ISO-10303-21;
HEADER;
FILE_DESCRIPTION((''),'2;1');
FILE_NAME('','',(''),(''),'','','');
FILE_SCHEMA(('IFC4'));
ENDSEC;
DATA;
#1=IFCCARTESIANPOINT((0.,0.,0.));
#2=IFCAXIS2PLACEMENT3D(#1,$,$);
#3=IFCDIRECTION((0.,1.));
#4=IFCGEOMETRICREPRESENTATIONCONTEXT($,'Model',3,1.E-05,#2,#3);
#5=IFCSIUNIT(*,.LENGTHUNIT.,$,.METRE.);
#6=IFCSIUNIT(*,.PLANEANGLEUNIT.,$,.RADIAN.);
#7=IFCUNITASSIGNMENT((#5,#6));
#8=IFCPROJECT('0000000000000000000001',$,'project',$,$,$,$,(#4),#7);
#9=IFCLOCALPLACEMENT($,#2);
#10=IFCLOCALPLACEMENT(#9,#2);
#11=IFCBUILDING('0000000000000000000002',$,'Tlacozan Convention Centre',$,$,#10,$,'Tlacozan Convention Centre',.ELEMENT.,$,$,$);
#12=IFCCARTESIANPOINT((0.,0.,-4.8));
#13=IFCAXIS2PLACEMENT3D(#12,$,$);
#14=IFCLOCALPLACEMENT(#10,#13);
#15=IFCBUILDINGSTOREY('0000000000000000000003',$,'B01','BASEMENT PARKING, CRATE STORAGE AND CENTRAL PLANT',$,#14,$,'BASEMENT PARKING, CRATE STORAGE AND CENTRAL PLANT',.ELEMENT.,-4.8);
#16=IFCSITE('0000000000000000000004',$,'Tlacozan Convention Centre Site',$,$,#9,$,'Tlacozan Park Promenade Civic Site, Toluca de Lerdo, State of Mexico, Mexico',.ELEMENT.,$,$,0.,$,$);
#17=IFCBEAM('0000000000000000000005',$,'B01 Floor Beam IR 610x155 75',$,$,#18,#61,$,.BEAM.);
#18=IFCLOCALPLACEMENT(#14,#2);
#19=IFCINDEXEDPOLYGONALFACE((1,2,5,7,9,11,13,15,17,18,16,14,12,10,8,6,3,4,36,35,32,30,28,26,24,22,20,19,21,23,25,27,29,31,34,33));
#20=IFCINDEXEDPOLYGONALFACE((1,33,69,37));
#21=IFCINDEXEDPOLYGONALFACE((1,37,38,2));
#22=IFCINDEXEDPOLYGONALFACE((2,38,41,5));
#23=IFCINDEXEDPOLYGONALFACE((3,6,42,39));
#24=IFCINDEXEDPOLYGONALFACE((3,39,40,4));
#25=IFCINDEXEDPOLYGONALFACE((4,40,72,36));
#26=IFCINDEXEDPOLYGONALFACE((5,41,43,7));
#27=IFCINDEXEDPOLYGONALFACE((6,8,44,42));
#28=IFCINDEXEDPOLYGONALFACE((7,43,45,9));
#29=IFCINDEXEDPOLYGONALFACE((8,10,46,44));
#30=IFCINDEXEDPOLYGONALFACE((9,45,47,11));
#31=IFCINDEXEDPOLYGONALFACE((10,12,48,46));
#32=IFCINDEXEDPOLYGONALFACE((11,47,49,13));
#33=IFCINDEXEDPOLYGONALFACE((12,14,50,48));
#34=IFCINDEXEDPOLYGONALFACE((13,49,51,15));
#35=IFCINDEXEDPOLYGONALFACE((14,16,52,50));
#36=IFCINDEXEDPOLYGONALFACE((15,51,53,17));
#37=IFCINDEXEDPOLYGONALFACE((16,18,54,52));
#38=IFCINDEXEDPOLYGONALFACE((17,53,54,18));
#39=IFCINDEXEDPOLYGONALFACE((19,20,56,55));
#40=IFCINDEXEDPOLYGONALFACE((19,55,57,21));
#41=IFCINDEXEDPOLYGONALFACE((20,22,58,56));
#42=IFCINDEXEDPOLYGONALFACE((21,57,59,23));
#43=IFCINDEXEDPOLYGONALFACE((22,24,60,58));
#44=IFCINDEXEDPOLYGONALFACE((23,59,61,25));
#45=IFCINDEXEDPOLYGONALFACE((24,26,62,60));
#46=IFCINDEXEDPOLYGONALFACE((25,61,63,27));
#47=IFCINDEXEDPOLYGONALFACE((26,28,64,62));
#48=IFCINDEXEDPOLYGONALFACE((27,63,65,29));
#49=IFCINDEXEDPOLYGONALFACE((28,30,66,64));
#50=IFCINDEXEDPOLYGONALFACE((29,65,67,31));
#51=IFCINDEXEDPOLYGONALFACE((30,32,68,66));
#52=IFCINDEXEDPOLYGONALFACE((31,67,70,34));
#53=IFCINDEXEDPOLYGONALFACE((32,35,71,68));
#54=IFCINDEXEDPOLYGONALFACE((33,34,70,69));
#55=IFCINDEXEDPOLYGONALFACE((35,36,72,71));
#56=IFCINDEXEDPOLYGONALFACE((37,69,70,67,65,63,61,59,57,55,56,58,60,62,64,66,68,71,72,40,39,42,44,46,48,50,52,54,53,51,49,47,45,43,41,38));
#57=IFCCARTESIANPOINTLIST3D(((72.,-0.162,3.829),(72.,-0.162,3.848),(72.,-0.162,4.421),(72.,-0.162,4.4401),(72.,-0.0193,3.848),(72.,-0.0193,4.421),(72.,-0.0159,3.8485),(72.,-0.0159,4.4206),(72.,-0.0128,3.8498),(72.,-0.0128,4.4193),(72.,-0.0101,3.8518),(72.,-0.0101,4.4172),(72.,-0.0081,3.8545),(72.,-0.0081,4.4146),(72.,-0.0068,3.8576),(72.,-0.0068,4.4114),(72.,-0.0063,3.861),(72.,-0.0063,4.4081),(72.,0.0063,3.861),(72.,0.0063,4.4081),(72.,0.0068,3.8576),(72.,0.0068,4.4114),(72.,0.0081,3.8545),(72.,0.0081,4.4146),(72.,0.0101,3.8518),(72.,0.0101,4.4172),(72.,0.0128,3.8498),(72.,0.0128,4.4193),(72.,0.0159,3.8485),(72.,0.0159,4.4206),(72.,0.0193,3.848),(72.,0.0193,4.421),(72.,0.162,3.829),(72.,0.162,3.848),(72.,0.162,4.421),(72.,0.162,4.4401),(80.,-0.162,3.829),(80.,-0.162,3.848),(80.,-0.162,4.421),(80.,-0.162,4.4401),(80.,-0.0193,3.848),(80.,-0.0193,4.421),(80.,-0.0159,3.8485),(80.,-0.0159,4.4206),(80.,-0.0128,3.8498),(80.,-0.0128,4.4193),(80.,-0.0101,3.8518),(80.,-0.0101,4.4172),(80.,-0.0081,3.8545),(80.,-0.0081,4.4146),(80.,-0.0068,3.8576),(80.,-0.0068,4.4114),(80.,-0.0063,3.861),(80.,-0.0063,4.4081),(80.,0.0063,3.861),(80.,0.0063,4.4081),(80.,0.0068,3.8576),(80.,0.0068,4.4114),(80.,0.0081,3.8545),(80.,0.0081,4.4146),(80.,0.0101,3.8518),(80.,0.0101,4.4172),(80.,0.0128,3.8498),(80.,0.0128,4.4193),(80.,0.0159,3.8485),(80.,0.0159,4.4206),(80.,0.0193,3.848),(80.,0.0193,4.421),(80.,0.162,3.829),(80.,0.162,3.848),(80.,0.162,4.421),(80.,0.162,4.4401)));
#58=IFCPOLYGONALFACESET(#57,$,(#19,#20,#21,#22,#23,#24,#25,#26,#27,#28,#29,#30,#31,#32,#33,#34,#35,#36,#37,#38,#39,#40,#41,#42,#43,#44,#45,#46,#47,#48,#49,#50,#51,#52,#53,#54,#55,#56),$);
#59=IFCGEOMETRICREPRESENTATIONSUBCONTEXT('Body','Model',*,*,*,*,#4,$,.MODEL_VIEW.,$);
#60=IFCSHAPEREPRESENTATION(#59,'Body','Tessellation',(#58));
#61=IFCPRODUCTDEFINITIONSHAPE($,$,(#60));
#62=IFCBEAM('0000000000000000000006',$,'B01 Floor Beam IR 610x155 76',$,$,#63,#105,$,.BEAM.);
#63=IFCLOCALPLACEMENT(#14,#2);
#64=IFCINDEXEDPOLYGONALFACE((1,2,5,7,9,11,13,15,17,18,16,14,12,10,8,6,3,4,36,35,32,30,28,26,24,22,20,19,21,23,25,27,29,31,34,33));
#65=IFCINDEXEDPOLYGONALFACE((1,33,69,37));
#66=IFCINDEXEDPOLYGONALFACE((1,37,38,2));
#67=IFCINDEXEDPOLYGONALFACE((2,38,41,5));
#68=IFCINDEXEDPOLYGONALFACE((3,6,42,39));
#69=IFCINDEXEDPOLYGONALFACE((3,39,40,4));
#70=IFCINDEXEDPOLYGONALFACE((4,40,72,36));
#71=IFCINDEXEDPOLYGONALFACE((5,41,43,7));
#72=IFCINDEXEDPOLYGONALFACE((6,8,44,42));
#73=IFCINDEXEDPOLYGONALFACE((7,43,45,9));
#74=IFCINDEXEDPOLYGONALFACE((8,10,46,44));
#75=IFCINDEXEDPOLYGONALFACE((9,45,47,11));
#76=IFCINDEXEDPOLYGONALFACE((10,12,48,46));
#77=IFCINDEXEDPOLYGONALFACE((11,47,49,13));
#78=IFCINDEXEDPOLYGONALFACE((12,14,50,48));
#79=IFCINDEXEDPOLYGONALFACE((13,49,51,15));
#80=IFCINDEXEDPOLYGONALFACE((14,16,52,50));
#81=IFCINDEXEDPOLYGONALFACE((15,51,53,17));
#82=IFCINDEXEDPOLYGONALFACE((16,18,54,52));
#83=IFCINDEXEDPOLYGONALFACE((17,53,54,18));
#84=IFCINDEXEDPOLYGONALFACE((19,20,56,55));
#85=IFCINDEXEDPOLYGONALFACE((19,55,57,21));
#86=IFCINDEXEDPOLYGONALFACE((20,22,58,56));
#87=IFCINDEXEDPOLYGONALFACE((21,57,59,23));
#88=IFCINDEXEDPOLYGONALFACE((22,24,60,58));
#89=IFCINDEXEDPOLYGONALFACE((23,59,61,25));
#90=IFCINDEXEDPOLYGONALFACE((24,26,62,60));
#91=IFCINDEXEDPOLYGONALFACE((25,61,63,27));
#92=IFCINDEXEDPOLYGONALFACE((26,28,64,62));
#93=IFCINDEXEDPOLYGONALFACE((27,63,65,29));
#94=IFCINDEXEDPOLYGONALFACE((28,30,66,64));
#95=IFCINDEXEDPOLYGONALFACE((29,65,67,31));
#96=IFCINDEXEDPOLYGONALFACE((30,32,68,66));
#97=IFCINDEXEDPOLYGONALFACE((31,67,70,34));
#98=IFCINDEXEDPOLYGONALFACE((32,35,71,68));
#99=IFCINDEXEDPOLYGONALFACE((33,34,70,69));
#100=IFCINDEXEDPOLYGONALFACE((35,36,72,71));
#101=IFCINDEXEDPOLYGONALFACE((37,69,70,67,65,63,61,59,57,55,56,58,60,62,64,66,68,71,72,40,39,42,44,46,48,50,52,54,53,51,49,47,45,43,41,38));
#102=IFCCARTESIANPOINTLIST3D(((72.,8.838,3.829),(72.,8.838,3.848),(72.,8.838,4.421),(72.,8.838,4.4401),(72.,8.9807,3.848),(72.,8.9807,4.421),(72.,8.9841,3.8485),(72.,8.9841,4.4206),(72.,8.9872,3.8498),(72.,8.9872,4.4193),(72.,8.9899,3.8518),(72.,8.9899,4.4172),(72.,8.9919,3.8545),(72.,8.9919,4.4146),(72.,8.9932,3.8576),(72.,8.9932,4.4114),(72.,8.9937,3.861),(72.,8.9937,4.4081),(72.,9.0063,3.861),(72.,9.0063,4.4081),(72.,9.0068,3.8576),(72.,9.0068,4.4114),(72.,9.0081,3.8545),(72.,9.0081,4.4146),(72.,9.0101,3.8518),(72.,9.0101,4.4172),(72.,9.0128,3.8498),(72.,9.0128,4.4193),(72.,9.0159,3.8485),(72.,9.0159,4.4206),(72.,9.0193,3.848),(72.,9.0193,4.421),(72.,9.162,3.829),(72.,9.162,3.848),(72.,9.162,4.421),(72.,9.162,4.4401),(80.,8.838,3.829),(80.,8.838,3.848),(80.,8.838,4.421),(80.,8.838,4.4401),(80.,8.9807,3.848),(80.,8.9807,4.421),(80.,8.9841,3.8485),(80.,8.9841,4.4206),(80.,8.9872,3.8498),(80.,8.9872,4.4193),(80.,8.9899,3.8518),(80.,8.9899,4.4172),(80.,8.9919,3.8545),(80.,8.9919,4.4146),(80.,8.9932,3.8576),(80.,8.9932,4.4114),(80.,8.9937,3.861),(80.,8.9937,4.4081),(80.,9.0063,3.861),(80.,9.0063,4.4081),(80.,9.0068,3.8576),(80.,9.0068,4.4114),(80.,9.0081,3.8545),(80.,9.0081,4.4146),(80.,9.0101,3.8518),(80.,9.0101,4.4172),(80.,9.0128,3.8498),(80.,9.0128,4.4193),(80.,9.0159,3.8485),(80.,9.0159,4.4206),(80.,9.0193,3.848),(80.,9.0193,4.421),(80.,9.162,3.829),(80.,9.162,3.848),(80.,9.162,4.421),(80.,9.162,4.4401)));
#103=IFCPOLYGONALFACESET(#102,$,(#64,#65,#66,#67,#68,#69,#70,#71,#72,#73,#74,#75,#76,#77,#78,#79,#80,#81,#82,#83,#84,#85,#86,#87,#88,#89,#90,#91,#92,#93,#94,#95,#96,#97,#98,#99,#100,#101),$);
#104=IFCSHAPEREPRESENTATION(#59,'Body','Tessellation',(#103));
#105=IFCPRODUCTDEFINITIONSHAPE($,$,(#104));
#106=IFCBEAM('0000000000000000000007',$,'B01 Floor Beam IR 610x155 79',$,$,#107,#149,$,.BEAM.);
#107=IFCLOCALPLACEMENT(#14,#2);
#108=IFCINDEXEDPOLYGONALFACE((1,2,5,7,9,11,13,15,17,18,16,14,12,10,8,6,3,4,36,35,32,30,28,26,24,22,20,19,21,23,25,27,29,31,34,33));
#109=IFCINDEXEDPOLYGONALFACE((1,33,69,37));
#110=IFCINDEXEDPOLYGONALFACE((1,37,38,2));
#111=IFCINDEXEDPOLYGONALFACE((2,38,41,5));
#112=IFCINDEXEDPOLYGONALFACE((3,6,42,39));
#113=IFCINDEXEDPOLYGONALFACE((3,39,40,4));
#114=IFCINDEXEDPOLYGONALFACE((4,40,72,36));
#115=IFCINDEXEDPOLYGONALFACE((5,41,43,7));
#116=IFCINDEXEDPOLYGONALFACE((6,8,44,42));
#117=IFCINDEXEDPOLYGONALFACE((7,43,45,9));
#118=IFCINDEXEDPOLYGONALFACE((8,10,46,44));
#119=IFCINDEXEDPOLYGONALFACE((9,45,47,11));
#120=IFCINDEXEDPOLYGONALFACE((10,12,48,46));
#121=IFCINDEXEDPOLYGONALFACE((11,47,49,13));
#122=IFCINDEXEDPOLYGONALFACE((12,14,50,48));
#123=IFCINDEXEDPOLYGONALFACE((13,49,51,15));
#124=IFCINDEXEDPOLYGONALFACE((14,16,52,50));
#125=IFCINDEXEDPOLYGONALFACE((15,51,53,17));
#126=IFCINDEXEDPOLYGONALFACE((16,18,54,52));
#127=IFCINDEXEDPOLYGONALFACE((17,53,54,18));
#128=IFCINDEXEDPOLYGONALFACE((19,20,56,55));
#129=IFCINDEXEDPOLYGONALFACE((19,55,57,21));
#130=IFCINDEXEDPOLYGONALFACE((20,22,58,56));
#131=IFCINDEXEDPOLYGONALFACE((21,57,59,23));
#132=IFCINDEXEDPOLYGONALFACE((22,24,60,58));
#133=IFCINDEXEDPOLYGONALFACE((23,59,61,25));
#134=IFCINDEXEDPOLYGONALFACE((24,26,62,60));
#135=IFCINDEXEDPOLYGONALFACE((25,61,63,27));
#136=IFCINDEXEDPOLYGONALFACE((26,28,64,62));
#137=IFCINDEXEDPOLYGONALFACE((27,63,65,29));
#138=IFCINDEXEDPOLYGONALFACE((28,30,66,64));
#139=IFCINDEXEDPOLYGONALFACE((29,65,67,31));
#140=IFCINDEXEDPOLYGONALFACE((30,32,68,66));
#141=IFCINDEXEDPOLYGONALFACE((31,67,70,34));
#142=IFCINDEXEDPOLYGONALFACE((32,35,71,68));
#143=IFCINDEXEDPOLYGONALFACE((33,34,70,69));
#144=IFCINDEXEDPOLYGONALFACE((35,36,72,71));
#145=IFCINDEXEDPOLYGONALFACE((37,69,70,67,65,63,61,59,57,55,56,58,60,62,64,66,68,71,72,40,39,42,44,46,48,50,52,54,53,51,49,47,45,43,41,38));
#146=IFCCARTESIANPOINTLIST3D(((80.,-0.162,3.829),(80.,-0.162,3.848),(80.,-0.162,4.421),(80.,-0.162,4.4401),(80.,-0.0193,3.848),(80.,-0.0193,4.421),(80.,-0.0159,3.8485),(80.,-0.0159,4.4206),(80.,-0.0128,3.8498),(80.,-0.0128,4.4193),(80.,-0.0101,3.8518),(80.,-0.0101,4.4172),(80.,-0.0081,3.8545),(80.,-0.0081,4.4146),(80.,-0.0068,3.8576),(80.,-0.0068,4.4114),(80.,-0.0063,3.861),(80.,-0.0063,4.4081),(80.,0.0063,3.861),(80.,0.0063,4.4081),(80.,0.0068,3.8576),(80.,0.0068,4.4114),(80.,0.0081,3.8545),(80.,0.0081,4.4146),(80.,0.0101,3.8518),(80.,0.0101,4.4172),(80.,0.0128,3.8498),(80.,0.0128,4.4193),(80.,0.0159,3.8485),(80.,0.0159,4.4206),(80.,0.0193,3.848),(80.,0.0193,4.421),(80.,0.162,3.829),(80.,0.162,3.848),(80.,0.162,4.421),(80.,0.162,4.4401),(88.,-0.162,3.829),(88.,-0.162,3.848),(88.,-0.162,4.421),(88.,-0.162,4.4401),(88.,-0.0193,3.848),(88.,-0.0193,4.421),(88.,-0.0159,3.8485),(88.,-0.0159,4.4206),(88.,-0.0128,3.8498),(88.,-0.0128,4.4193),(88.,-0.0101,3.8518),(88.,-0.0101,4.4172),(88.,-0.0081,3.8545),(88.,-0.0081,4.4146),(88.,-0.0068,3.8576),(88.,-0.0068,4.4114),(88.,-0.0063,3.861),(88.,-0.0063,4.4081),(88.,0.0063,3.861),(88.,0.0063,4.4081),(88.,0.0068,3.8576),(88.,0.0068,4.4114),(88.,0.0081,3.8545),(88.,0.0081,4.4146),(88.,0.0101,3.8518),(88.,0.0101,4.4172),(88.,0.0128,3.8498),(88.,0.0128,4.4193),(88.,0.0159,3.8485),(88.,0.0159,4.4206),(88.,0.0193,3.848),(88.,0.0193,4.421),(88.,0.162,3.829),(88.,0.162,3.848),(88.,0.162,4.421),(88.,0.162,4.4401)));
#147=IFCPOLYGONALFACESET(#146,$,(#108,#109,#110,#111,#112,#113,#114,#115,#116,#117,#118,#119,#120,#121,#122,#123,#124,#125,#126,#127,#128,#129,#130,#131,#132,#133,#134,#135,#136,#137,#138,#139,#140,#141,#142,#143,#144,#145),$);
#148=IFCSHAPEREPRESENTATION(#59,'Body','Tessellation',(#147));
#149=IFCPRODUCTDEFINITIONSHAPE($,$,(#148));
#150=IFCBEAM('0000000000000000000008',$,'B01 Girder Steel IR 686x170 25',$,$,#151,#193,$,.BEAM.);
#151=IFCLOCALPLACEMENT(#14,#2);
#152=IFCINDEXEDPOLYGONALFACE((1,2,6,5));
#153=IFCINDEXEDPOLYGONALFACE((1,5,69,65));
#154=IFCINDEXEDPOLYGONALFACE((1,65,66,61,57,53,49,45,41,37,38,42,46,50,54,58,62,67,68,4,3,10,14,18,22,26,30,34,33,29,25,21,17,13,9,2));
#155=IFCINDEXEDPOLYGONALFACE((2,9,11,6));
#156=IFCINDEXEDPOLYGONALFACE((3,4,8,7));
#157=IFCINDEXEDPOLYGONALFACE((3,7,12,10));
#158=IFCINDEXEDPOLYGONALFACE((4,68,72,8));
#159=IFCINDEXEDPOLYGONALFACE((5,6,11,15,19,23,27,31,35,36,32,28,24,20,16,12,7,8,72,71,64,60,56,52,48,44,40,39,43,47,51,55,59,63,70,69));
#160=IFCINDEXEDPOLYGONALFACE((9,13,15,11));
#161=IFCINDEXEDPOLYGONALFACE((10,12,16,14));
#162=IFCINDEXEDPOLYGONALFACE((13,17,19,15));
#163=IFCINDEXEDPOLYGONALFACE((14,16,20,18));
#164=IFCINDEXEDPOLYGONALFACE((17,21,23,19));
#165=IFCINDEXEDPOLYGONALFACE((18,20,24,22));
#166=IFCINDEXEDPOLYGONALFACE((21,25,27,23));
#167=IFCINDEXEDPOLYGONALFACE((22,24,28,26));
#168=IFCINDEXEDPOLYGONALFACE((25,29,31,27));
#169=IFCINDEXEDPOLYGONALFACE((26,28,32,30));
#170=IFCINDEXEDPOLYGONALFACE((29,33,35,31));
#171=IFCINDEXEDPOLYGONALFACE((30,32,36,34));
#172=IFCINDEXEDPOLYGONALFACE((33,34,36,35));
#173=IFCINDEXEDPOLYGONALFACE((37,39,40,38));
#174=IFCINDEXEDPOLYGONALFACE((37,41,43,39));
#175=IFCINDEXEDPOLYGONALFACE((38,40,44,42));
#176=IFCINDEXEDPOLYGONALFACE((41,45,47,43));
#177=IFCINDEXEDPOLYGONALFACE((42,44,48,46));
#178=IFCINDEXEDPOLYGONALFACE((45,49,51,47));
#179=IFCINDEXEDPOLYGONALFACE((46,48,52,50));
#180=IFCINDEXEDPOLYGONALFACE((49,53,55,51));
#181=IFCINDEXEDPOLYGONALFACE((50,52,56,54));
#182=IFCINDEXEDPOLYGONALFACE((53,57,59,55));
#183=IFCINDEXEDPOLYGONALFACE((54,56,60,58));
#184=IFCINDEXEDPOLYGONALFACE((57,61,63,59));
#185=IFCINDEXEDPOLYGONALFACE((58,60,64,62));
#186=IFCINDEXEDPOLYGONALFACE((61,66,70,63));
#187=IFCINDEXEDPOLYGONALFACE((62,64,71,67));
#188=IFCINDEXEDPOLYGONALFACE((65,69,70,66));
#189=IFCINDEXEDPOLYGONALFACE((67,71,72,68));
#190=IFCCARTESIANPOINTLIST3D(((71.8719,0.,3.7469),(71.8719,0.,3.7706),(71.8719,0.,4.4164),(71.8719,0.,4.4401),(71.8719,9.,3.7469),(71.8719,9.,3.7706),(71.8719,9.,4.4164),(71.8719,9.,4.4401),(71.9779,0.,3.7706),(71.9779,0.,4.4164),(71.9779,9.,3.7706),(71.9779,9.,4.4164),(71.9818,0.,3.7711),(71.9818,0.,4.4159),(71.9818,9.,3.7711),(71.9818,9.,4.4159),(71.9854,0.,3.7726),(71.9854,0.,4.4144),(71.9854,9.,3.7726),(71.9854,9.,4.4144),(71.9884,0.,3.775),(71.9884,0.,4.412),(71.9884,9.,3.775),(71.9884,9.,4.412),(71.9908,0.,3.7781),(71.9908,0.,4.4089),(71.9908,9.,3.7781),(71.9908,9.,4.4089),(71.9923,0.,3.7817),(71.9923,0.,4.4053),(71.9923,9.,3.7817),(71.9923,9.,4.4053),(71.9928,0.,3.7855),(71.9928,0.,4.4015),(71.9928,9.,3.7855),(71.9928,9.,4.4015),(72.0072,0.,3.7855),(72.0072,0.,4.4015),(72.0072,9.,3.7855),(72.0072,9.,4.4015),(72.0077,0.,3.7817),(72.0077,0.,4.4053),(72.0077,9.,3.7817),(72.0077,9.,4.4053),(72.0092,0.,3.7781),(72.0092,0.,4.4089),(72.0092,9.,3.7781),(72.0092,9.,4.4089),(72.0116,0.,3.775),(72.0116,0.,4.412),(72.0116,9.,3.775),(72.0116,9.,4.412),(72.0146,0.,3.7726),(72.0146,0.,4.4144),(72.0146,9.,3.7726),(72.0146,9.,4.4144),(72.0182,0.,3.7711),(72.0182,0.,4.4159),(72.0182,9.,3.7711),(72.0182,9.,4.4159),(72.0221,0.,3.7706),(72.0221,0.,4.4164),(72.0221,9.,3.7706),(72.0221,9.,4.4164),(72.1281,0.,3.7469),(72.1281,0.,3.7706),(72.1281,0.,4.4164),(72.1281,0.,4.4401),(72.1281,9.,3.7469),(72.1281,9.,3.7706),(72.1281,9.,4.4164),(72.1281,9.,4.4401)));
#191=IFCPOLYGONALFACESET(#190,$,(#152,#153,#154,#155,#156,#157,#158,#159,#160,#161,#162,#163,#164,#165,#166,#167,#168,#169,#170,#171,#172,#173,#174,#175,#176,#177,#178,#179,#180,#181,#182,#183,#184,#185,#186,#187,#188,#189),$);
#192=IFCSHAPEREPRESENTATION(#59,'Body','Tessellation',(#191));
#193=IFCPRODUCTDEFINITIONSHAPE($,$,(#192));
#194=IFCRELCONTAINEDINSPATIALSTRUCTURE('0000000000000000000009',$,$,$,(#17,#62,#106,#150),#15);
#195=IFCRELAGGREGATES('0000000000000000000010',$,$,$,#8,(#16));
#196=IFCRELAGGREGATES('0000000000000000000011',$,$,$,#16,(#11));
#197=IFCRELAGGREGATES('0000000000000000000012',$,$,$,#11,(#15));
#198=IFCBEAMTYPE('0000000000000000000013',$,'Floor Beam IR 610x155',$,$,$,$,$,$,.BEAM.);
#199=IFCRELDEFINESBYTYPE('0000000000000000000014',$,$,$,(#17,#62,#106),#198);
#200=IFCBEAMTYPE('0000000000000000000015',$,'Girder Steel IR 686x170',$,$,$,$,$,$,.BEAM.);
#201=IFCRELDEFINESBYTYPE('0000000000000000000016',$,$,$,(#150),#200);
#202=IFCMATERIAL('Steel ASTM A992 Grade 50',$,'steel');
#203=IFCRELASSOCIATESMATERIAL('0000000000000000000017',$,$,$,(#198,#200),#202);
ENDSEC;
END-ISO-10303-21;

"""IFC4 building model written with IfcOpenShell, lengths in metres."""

from ifc_helpers import new_model, si_unit, direction, frame, origin, origin_2d, place, context, subcontext, project, spatial, i_section, extrude, material, material_profile, profile_set, type_object, element, save


model = new_model("IFC4")

# Units and contexts
model_context = context("Model", 3, precision=1e-05, world=origin(), true_north=direction((0.0, 1.0)))
body_context = subcontext(model_context, "Body", "Model", "MODEL_VIEW")
ifc_project = project(units=[si_unit("LENGTHUNIT", "METRE"), si_unit("PLANEANGLEUNIT", "RADIAN")], contexts=[model_context])

# Site, building, storey
site_placement = place(None, origin())
site = spatial("IfcSite", under=ifc_project, at=site_placement, Name="Tlacozan Convention Centre Site", LongName="Tlacozan Park Promenade Civic Site, Toluca de Lerdo, State of Mexico, Mexico", CompositionType="ELEMENT", RefElevation=0.0)
building_placement = place(site_placement, origin())
building = spatial("IfcBuilding", under=site, at=building_placement, Name="Tlacozan Convention Centre", LongName="Tlacozan Convention Centre", CompositionType="ELEMENT")
storey_placement = place(building_placement, frame((0.0, 0.0, -4.8)))
storey = spatial("IfcBuildingStorey", under=building, at=storey_placement, Name="B01", Description="BASEMENT PARKING, CRATE STORAGE AND CENTRAL PLANT", LongName="BASEMENT PARKING, CRATE STORAGE AND CENTRAL PLANT", CompositionType="ELEMENT", Elevation=-4.8)

# Beams
ifc_material_1 = material(Name="Steel ASTM A992 Grade 50", Category="steel")
ifc_material_profile_1 = material_profile(ifc_material_1, i_section(OverallWidth=0.324, OverallDepth=0.6111, WebThickness=0.0127, FlangeThickness=0.019, FilletRadius=0.0129, at=origin_2d()), Name="IR 610x155.0")
ifc_profile_set_1 = profile_set([ifc_material_profile_1], Name="Steel ASTM A992 Grade 50")
beam_type_1 = type_object("IfcBeamType", Name="Floor Beam IR 610x155", PredefinedType="BEAM", material=ifc_profile_set_1)
for number, where, z_axis, x_axis, name in (
    (1, (72.0, 0.0, 4.1345), (1.0, 0.0, 0.0), (0.0, 1.0, 0.0), "B01 Floor Beam IR 610x155 75"),
    (2, (72.0, 9.0, 4.1345), (1.0, 0.0, 0.0), (0.0, 1.0, 0.0), "B01 Floor Beam IR 610x155 76"),
    (3, (80.0, 0.0, 4.1345), (1.0, 0.0, 0.0), (0.0, 1.0, 0.0), "B01 Floor Beam IR 610x155 79"),
):
    element("IfcBeam", number, at=place(storey_placement, frame(where, z_axis=z_axis, x_axis=x_axis)), inside=storey, type_object=beam_type_1, Name=name, PredefinedType="BEAM", context=body_context, shape_type="SweptSolid", body=[
        extrude(i_section(OverallWidth=0.324, OverallDepth=0.6111, WebThickness=0.0127, FlangeThickness=0.019, FilletRadius=0.0129, at=origin_2d()), origin(), (0.0, 0.0, 1.0), 8.0),
    ])
ifc_material_profile_2 = material_profile(ifc_material_1, i_section(OverallWidth=0.2561, OverallDepth=0.6931, WebThickness=0.0144, FlangeThickness=0.0237, FilletRadius=0.0149, at=origin_2d()), Name="IR 686x170.0")
ifc_profile_set_2 = profile_set([ifc_material_profile_2], Name="Steel ASTM A992 Grade 50")
beam_type_2 = type_object("IfcBeamType", Name="Girder Steel IR 686x170", PredefinedType="BEAM", material=ifc_profile_set_2)
for number, where, z_axis, x_axis, name in (
    (4, (72.0, 0.0, 4.0935), (0.0, 1.0, 0.0), (-1.0, 0.0, 0.0), "B01 Girder Steel IR 686x170 25"),
):
    element("IfcBeam", number, at=place(storey_placement, frame(where, z_axis=z_axis, x_axis=x_axis)), inside=storey, type_object=beam_type_2, Name=name, PredefinedType="BEAM", context=body_context, shape_type="SweptSolid", body=[
        extrude(i_section(OverallWidth=0.2561, OverallDepth=0.6931, WebThickness=0.0144, FlangeThickness=0.0237, FilletRadius=0.0149, at=origin_2d()), origin(), (0.0, 0.0, 1.0), 9.0),
    ])

save(model, "model.ifc")
